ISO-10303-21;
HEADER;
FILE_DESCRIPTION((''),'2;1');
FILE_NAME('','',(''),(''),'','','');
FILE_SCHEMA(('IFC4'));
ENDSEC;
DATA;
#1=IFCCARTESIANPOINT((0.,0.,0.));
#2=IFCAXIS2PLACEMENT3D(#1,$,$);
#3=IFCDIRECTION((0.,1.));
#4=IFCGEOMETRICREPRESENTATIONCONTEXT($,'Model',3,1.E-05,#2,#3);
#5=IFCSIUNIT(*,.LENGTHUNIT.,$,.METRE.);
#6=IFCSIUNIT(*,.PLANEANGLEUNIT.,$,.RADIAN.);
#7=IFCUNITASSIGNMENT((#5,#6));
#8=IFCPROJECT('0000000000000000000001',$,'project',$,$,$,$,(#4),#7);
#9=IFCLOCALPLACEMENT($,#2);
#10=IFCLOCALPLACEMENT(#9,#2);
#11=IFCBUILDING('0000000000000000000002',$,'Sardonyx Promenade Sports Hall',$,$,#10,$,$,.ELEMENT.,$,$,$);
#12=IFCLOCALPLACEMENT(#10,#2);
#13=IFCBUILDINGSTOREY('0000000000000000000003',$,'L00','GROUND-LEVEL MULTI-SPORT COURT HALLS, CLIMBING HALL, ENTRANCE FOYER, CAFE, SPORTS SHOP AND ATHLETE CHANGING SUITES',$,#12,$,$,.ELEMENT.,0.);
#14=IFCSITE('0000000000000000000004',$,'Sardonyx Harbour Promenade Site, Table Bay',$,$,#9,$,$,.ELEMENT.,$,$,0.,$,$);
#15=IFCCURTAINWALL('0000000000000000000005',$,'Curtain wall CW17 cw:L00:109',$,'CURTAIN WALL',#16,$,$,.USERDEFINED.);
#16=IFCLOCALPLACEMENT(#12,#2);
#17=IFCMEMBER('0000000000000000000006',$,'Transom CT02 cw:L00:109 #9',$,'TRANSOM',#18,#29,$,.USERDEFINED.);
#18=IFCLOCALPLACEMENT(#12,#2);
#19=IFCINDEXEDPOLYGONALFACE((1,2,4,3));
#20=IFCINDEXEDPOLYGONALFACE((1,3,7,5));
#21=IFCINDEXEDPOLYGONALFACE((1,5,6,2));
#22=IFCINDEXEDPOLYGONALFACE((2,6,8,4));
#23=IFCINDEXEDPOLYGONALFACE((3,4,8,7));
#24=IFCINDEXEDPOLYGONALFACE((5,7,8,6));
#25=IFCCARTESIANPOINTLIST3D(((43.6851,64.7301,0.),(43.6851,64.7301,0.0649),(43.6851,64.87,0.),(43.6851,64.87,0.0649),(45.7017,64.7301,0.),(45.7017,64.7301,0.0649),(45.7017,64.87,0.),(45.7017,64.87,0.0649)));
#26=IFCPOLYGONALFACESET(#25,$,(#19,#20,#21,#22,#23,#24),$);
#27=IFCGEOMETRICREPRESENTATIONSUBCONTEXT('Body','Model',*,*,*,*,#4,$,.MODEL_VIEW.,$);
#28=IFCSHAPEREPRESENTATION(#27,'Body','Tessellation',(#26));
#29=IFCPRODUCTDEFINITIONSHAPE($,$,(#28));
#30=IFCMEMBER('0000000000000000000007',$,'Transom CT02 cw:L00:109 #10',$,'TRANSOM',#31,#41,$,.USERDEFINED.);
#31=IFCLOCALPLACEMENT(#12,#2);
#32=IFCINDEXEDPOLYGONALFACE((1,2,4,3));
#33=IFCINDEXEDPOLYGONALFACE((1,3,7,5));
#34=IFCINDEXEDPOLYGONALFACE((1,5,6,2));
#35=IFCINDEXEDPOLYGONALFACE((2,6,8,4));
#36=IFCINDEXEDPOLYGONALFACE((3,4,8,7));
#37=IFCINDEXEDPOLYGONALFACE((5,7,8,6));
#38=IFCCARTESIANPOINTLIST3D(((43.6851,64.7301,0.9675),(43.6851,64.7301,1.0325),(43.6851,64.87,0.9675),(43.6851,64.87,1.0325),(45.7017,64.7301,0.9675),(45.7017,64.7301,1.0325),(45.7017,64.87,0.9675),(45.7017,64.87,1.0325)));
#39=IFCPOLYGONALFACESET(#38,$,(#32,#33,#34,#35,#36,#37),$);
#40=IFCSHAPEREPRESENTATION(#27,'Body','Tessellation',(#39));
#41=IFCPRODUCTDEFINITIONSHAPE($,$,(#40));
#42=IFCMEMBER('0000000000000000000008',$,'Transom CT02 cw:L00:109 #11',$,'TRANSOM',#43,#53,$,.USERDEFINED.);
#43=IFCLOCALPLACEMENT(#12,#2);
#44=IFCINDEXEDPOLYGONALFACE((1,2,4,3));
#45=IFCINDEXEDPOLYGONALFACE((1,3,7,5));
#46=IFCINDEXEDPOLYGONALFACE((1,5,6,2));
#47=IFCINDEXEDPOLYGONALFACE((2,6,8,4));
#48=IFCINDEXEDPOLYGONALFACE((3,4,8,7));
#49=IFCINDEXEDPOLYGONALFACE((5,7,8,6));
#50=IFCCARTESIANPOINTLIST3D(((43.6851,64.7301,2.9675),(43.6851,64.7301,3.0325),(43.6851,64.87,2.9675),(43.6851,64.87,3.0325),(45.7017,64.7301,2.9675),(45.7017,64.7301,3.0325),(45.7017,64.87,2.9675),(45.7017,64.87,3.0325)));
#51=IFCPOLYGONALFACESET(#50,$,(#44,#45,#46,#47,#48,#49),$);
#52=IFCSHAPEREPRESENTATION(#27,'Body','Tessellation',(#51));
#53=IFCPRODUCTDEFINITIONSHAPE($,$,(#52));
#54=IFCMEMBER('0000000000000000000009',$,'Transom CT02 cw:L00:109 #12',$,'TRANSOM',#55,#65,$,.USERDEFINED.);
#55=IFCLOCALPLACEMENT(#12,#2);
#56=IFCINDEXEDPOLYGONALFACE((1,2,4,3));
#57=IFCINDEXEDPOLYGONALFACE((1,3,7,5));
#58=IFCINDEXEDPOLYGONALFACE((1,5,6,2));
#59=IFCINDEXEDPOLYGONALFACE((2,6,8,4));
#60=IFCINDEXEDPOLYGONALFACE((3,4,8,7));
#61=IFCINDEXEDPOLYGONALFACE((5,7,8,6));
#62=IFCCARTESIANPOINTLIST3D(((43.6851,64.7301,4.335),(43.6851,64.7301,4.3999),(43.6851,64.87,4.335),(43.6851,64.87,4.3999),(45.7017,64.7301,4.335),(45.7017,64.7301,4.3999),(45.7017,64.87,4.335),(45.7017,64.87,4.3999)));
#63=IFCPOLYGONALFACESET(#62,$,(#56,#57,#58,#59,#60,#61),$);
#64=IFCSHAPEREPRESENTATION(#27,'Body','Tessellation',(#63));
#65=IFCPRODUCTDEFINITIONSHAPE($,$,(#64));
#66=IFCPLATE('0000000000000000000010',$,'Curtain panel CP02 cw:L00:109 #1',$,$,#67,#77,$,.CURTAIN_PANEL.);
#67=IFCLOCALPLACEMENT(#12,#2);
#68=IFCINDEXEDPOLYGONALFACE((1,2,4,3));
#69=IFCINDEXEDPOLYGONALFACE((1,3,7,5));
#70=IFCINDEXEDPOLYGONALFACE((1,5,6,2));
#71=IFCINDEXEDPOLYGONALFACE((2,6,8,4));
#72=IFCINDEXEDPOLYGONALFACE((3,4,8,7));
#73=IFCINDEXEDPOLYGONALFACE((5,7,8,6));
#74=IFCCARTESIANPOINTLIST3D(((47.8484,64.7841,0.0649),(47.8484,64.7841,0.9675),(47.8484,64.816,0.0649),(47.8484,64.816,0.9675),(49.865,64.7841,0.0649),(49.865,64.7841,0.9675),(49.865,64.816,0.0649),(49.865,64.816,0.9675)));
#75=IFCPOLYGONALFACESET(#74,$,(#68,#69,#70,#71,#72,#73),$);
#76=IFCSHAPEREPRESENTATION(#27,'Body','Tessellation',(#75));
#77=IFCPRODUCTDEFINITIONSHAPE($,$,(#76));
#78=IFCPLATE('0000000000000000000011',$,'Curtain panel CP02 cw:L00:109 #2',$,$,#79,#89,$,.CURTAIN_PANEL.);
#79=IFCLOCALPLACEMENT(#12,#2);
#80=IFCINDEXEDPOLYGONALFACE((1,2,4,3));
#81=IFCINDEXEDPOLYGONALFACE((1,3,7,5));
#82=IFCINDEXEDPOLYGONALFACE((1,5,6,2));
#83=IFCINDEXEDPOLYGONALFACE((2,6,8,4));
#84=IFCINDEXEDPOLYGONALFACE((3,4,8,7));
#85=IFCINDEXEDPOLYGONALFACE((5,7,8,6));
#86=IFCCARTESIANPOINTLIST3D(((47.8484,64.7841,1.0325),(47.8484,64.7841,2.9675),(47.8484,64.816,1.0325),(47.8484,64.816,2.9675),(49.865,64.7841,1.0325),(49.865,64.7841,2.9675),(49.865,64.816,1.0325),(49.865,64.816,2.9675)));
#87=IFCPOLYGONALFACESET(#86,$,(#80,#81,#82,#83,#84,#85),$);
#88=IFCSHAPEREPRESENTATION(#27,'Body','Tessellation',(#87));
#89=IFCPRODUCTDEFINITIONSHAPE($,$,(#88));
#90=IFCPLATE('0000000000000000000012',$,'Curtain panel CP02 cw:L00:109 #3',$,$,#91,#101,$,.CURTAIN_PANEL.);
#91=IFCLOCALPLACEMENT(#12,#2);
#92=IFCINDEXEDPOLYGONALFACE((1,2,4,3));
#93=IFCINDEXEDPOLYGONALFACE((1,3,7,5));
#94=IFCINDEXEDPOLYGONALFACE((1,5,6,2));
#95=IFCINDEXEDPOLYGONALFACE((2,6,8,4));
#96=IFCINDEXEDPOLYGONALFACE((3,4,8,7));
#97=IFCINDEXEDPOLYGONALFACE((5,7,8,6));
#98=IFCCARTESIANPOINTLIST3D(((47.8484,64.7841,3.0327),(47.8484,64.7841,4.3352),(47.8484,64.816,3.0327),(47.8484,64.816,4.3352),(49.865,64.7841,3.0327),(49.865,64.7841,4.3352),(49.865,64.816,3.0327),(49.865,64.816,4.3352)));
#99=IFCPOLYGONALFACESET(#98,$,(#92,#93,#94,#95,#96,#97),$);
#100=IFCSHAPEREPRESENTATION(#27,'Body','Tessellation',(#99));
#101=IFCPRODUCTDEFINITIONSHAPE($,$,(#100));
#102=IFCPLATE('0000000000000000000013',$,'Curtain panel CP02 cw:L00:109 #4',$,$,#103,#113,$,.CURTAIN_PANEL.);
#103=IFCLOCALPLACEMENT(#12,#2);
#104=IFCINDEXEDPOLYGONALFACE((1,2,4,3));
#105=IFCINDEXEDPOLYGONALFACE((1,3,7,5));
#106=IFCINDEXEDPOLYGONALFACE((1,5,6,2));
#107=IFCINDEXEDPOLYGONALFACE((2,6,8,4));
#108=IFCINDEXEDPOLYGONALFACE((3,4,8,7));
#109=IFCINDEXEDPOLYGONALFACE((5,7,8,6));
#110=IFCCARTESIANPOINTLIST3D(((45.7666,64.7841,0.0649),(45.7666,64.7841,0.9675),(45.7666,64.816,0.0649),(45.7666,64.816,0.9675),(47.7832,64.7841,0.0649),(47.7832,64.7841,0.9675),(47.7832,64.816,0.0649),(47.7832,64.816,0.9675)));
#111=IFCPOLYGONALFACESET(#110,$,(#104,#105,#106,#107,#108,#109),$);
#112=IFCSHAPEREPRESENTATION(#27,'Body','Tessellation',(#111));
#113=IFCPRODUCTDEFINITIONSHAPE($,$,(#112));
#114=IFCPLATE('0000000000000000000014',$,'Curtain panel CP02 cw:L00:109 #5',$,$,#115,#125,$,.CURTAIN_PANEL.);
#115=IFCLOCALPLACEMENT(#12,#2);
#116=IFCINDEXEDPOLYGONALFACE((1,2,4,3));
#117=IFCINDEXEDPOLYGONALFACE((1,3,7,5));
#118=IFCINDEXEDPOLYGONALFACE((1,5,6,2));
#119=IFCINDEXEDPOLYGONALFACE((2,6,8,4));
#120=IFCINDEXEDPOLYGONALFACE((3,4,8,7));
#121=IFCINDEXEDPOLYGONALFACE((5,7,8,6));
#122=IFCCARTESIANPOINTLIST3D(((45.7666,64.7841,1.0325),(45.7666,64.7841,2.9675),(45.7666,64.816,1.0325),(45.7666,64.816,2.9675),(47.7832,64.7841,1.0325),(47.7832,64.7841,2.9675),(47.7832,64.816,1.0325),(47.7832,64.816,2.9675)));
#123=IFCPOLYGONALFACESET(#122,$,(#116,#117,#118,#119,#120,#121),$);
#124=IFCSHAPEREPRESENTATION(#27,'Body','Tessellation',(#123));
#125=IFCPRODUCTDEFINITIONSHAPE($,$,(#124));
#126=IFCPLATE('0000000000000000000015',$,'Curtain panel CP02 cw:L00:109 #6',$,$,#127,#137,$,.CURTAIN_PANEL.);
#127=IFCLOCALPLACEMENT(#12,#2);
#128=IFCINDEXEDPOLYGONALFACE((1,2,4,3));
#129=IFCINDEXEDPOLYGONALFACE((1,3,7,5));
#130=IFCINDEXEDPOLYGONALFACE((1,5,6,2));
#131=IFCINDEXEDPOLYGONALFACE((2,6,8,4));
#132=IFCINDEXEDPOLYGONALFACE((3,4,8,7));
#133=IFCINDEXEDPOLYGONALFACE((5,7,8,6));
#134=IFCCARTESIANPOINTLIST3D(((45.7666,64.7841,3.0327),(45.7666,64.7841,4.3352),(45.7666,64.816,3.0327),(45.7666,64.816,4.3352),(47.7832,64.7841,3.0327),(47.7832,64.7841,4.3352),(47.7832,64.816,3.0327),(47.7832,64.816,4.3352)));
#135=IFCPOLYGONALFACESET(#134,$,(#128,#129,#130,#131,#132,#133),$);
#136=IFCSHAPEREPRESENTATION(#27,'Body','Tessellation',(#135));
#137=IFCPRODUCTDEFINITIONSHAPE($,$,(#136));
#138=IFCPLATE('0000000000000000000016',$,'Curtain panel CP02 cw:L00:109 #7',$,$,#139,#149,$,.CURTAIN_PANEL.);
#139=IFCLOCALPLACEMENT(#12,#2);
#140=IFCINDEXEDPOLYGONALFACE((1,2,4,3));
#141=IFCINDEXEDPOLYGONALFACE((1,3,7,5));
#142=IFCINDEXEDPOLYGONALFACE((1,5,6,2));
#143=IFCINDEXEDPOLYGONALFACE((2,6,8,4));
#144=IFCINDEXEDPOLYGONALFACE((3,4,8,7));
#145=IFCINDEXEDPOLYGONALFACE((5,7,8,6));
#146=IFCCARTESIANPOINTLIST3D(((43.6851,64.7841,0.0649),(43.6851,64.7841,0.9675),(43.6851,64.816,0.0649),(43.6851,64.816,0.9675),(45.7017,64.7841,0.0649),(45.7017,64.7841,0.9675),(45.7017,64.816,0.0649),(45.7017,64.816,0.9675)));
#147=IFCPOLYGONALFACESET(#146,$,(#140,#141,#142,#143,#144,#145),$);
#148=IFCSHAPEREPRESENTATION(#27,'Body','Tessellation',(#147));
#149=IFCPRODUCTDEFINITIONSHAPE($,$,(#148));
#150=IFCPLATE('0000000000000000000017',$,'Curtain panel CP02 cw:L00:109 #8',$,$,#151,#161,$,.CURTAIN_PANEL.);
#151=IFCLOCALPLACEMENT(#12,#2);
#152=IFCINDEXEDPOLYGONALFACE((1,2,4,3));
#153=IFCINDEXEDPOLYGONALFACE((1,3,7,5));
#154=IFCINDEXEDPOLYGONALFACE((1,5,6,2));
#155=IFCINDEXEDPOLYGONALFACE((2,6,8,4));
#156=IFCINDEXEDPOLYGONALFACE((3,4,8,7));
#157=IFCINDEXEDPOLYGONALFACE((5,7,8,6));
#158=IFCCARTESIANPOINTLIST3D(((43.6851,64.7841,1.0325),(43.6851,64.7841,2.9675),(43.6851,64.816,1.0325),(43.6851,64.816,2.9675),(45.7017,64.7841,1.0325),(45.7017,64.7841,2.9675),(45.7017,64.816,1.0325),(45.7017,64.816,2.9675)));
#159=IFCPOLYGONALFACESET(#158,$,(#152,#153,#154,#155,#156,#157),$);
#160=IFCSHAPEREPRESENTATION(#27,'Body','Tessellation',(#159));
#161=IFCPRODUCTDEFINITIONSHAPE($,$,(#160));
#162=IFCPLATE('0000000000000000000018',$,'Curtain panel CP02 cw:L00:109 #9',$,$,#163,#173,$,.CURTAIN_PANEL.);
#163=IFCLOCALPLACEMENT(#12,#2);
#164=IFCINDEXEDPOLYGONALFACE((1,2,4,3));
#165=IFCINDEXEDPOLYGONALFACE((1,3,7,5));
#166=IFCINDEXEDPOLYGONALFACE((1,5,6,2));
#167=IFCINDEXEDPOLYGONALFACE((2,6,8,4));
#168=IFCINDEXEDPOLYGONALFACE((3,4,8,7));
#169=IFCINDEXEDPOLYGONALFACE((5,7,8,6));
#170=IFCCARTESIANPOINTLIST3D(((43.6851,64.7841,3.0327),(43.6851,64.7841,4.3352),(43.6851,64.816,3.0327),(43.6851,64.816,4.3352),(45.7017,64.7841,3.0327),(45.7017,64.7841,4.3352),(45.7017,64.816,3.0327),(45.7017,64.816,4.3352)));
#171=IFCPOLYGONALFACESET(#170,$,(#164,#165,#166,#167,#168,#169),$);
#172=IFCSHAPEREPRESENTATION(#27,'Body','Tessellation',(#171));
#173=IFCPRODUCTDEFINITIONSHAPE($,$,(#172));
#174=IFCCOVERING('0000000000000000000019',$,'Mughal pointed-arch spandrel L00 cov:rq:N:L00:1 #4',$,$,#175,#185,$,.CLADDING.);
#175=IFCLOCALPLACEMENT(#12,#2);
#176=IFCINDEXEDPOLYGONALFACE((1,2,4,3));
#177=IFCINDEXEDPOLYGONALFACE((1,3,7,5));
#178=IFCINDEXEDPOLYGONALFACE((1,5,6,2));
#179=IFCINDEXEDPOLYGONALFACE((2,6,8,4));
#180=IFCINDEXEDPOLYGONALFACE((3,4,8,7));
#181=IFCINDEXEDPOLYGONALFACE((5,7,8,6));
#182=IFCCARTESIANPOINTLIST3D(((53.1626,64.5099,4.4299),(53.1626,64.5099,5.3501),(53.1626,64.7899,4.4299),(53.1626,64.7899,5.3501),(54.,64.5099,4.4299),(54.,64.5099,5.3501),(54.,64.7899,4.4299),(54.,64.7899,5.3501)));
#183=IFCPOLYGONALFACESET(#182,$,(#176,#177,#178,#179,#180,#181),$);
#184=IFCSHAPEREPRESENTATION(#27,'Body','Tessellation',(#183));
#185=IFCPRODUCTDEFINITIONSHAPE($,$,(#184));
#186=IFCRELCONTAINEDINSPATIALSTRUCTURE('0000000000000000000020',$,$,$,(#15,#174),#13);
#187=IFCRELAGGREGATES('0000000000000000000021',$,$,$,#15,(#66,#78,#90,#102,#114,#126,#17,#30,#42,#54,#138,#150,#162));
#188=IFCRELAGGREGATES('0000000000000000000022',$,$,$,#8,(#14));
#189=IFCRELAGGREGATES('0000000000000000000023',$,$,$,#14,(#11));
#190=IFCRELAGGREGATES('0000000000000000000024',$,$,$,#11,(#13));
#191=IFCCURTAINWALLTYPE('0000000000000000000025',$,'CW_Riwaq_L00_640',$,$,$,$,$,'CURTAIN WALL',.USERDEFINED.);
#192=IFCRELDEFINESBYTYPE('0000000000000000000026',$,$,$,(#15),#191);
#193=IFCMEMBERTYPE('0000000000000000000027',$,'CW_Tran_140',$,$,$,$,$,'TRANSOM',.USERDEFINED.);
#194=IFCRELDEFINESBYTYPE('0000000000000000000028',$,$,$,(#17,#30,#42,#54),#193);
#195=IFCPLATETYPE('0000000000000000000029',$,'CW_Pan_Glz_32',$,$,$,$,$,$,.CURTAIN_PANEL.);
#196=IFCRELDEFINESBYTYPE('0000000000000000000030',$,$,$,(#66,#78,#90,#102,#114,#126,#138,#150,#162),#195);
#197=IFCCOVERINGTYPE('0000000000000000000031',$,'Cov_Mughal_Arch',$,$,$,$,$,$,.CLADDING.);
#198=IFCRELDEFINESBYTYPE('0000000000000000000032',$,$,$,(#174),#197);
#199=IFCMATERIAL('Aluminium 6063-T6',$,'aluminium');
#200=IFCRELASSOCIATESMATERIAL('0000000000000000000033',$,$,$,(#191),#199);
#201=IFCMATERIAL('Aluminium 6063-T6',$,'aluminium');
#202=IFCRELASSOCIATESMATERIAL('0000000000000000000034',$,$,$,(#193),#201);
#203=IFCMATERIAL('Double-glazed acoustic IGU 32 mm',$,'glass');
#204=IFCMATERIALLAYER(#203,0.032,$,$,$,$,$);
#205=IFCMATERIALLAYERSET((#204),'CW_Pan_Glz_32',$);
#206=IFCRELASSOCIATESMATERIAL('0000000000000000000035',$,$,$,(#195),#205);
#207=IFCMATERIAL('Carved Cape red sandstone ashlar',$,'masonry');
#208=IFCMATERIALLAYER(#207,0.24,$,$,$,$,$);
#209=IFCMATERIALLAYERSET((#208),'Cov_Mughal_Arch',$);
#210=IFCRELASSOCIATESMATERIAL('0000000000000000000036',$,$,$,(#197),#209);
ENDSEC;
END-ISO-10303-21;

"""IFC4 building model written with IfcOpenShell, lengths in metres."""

from ifc_helpers import new_model, si_unit, direction, frame, frame_2d, origin, origin_2d, place, context, subcontext, project, spatial, rectangle, extrude, material, layer, layer_set, material_profile, profile_set, type_object, element, aggregate, save


model = new_model("IFC4")

# Units and contexts
model_context = context("Model", 3, precision=1e-05, world=origin(), true_north=direction((0.0, 1.0)))
body_context = subcontext(model_context, "Body", "Model", "MODEL_VIEW")
ifc_project = project(units=[si_unit("LENGTHUNIT", "METRE"), si_unit("PLANEANGLEUNIT", "RADIAN")], contexts=[model_context])

# Site, building, storey
site_placement = place(None, origin())
site = spatial("IfcSite", under=ifc_project, at=site_placement, Name="Sardonyx Harbour Promenade Site, Table Bay", CompositionType="ELEMENT", RefElevation=0.0)
building_placement = place(site_placement, origin())
building = spatial("IfcBuilding", under=site, at=building_placement, Name="Sardonyx Promenade Sports Hall", CompositionType="ELEMENT")
storey_placement = place(building_placement, origin())
storey = spatial("IfcBuildingStorey", under=building, at=storey_placement, Name="L00", Description="GROUND-LEVEL MULTI-SPORT COURT HALLS, CLIMBING HALL, ENTRANCE FOYER, CAFE, SPORTS SHOP AND ATHLETE CHANGING SUITES", CompositionType="ELEMENT", Elevation=0.0)

# Curtain wall, members, plates
ifc_material_1 = material(Name="Aluminium 6063-T6", Category="aluminium")
curtain_wall_type = type_object("IfcCurtainWallType", Name="CW_Riwaq_L00_640", ElementType="CURTAIN WALL", PredefinedType="USERDEFINED", material=ifc_material_1)
curtain_wall_placement = place(storey_placement, origin())
curtain_wall = element("IfcCurtainWall", 1, at=curtain_wall_placement, inside=storey, type_object=curtain_wall_type, Name="Curtain wall CW17 cw:L00:109", ObjectType="CURTAIN WALL", PredefinedType="USERDEFINED")
ifc_material_2 = material(Name="Aluminium 6063-T6", Category="aluminium")
ifc_material_profile_1 = material_profile(ifc_material_2, rectangle(XDim=0.0649, YDim=0.1399, at=origin_2d()))
ifc_profile_set_1 = profile_set([ifc_material_profile_1], Name="Aluminium 6063-T6")
member_type_1 = type_object("IfcMemberType", Name="CW_Tran_140", ElementType="TRANSOM", PredefinedType="USERDEFINED", material=ifc_profile_set_1)
member_1_placement = place(storey_placement, frame((45.7017, 64.8, 0.0325), z_axis=(-1.0, 0.0, 0.0), x_axis=(0.0, 0.0, 1.0)))
member_1 = element("IfcMember", 2, at=member_1_placement, type_object=member_type_1, Name="Transom CT02 cw:L00:109 #9", ObjectType="TRANSOM", PredefinedType="USERDEFINED", context=body_context, shape_type="SweptSolid", body=[
    extrude(rectangle(XDim=0.0649, YDim=0.1399, at=origin_2d()), origin(), (0.0, 0.0, 1.0), 2.0166),
])
member_2_placement = place(storey_placement, frame((45.7017, 64.8, 1.0), z_axis=(-1.0, 0.0, 0.0), x_axis=(0.0, 0.0, 1.0)))
member_2 = element("IfcMember", 3, at=member_2_placement, type_object=member_type_1, Name="Transom CT02 cw:L00:109 #10", ObjectType="TRANSOM", PredefinedType="USERDEFINED", context=body_context, shape_type="SweptSolid", body=[
    extrude(rectangle(XDim=0.0649, YDim=0.1399, at=origin_2d()), origin(), (0.0, 0.0, 1.0), 2.0166),
])
member_3_placement = place(storey_placement, frame((45.7017, 64.8, 3.0), z_axis=(-1.0, 0.0, 0.0), x_axis=(0.0, 0.0, 1.0)))
member_3 = element("IfcMember", 4, at=member_3_placement, type_object=member_type_1, Name="Transom CT02 cw:L00:109 #11", ObjectType="TRANSOM", PredefinedType="USERDEFINED", context=body_context, shape_type="SweptSolid", body=[
    extrude(rectangle(XDim=0.0649, YDim=0.1399, at=origin_2d()), origin(), (0.0, 0.0, 1.0), 2.0166),
])
member_4_placement = place(storey_placement, frame((45.7017, 64.8, 4.3674), z_axis=(-1.0, 0.0, 0.0), x_axis=(0.0, 0.0, 1.0)))
member_4 = element("IfcMember", 5, at=member_4_placement, type_object=member_type_1, Name="Transom CT02 cw:L00:109 #12", ObjectType="TRANSOM", PredefinedType="USERDEFINED", context=body_context, shape_type="SweptSolid", body=[
    extrude(rectangle(XDim=0.0649, YDim=0.1399, at=origin_2d()), origin(), (0.0, 0.0, 1.0), 2.0166),
])
ifc_material_3 = material(Name="Double-glazed acoustic IGU 32 mm", Category="glass")
ifc_layer_1 = layer(ifc_material_3, 0.032)
ifc_layer_set_1 = layer_set([ifc_layer_1], Name="CW_Pan_Glz_32")
plate_type = type_object("IfcPlateType", Name="CW_Pan_Glz_32", PredefinedType="CURTAIN_PANEL", material=ifc_layer_set_1)
plate_1_placement = place(storey_placement, frame((48.8567, 64.8, 0.0649), z_axis=(0.0, 0.0, 1.0), x_axis=(-1.0, 0.0, 0.0)))
plate_1 = element("IfcPlate", 6, at=plate_1_placement, type_object=plate_type, Name="Curtain panel CP02 cw:L00:109 #1", PredefinedType="CURTAIN_PANEL", context=body_context, shape_type="SweptSolid", body=[
    extrude(rectangle(XDim=2.0166, YDim=0.032, at=origin_2d()), origin(), (0.0, 0.0, 1.0), 0.9026),
])
plate_2_placement = place(storey_placement, frame((48.8567, 64.8, 1.0325), z_axis=(0.0, 0.0, 1.0), x_axis=(-1.0, 0.0, 0.0)))
plate_2 = element("IfcPlate", 7, at=plate_2_placement, type_object=plate_type, Name="Curtain panel CP02 cw:L00:109 #2", PredefinedType="CURTAIN_PANEL", context=body_context, shape_type="SweptSolid", body=[
    extrude(rectangle(XDim=2.0166, YDim=0.032, at=origin_2d()), origin(), (0.0, 0.0, 1.0), 1.9351),
])
plate_3_placement = place(storey_placement, frame((48.8567, 64.8, 3.0327), z_axis=(0.0, 0.0, 1.0), x_axis=(-1.0, 0.0, 0.0)))
plate_3 = element("IfcPlate", 8, at=plate_3_placement, type_object=plate_type, Name="Curtain panel CP02 cw:L00:109 #3", PredefinedType="CURTAIN_PANEL", context=body_context, shape_type="SweptSolid", body=[
    extrude(rectangle(XDim=2.0166, YDim=0.032, at=origin_2d()), origin(), (0.0, 0.0, 1.0), 1.3025),
])
plate_4_placement = place(storey_placement, frame((46.7749, 64.8, 0.0649), z_axis=(0.0, 0.0, 1.0), x_axis=(-1.0, 0.0, 0.0)))
plate_4 = element("IfcPlate", 9, at=plate_4_placement, type_object=plate_type, Name="Curtain panel CP02 cw:L00:109 #4", PredefinedType="CURTAIN_PANEL", context=body_context, shape_type="SweptSolid", body=[
    extrude(rectangle(XDim=2.0166, YDim=0.032, at=origin_2d()), origin(), (0.0, 0.0, 1.0), 0.9026),
])
plate_5_placement = place(storey_placement, frame((46.7749, 64.8, 1.0325), z_axis=(0.0, 0.0, 1.0), x_axis=(-1.0, 0.0, 0.0)))
plate_5 = element("IfcPlate", 10, at=plate_5_placement, type_object=plate_type, Name="Curtain panel CP02 cw:L00:109 #5", PredefinedType="CURTAIN_PANEL", context=body_context, shape_type="SweptSolid", body=[
    extrude(rectangle(XDim=2.0166, YDim=0.032, at=origin_2d()), origin(), (0.0, 0.0, 1.0), 1.9351),
])
plate_6_placement = place(storey_placement, frame((46.7749, 64.8, 3.0327), z_axis=(0.0, 0.0, 1.0), x_axis=(-1.0, 0.0, 0.0)))
plate_6 = element("IfcPlate", 11, at=plate_6_placement, type_object=plate_type, Name="Curtain panel CP02 cw:L00:109 #6", PredefinedType="CURTAIN_PANEL", context=body_context, shape_type="SweptSolid", body=[
    extrude(rectangle(XDim=2.0166, YDim=0.032, at=origin_2d()), origin(), (0.0, 0.0, 1.0), 1.3025),
])
plate_7_placement = place(storey_placement, frame((44.6934, 64.8, 0.0649), z_axis=(0.0, 0.0, 1.0), x_axis=(-1.0, 0.0, 0.0)))
plate_7 = element("IfcPlate", 12, at=plate_7_placement, type_object=plate_type, Name="Curtain panel CP02 cw:L00:109 #7", PredefinedType="CURTAIN_PANEL", context=body_context, shape_type="SweptSolid", body=[
    extrude(rectangle(XDim=2.0166, YDim=0.032, at=origin_2d()), origin(), (0.0, 0.0, 1.0), 0.9026),
])
plate_8_placement = place(storey_placement, frame((44.6934, 64.8, 1.0325), z_axis=(0.0, 0.0, 1.0), x_axis=(-1.0, 0.0, 0.0)))
plate_8 = element("IfcPlate", 13, at=plate_8_placement, type_object=plate_type, Name="Curtain panel CP02 cw:L00:109 #8", PredefinedType="CURTAIN_PANEL", context=body_context, shape_type="SweptSolid", body=[
    extrude(rectangle(XDim=2.0166, YDim=0.032, at=origin_2d()), origin(), (0.0, 0.0, 1.0), 1.9351),
])
plate_9_placement = place(storey_placement, frame((44.6934, 64.8, 3.0327), z_axis=(0.0, 0.0, 1.0), x_axis=(-1.0, 0.0, 0.0)))
plate_9 = element("IfcPlate", 14, at=plate_9_placement, type_object=plate_type, Name="Curtain panel CP02 cw:L00:109 #9", PredefinedType="CURTAIN_PANEL", context=body_context, shape_type="SweptSolid", body=[
    extrude(rectangle(XDim=2.0166, YDim=0.032, at=origin_2d()), origin(), (0.0, 0.0, 1.0), 1.3025),
])
aggregate(curtain_wall, [plate_1, plate_2, plate_3, plate_4, plate_5, plate_6, member_1, member_2, member_3, member_4, plate_7, plate_8, plate_9])

# Covering
ifc_material_4 = material(Name="Carved Cape red sandstone ashlar", Category="masonry")
ifc_layer_2 = layer(ifc_material_4, 0.24)
ifc_layer_set_2 = layer_set([ifc_layer_2], Name="Cov_Mughal_Arch")
covering_type = type_object("IfcCoveringType", Name="Cov_Mughal_Arch", PredefinedType="CLADDING", material=ifc_layer_set_2)
covering_placement = place(storey_placement, frame((53.1626, 64.6499, 4.4299), z_axis=(0.0, 0.0, 1.0), x_axis=(1.0, 0.0, 0.0)))
element("IfcCovering", 15, at=covering_placement, inside=storey, type_object=covering_type, Name="Mughal pointed-arch spandrel L00 cov:rq:N:L00:1 #4", PredefinedType="CLADDING", context=body_context, shape_type="SweptSolid", body=[
    extrude(rectangle(XDim=0.8374, YDim=0.28, at=frame_2d((0.4187, 0.0))), origin(), (0.0, 0.0, 1.0), 0.9202),
])

save(model, "model.ifc")
